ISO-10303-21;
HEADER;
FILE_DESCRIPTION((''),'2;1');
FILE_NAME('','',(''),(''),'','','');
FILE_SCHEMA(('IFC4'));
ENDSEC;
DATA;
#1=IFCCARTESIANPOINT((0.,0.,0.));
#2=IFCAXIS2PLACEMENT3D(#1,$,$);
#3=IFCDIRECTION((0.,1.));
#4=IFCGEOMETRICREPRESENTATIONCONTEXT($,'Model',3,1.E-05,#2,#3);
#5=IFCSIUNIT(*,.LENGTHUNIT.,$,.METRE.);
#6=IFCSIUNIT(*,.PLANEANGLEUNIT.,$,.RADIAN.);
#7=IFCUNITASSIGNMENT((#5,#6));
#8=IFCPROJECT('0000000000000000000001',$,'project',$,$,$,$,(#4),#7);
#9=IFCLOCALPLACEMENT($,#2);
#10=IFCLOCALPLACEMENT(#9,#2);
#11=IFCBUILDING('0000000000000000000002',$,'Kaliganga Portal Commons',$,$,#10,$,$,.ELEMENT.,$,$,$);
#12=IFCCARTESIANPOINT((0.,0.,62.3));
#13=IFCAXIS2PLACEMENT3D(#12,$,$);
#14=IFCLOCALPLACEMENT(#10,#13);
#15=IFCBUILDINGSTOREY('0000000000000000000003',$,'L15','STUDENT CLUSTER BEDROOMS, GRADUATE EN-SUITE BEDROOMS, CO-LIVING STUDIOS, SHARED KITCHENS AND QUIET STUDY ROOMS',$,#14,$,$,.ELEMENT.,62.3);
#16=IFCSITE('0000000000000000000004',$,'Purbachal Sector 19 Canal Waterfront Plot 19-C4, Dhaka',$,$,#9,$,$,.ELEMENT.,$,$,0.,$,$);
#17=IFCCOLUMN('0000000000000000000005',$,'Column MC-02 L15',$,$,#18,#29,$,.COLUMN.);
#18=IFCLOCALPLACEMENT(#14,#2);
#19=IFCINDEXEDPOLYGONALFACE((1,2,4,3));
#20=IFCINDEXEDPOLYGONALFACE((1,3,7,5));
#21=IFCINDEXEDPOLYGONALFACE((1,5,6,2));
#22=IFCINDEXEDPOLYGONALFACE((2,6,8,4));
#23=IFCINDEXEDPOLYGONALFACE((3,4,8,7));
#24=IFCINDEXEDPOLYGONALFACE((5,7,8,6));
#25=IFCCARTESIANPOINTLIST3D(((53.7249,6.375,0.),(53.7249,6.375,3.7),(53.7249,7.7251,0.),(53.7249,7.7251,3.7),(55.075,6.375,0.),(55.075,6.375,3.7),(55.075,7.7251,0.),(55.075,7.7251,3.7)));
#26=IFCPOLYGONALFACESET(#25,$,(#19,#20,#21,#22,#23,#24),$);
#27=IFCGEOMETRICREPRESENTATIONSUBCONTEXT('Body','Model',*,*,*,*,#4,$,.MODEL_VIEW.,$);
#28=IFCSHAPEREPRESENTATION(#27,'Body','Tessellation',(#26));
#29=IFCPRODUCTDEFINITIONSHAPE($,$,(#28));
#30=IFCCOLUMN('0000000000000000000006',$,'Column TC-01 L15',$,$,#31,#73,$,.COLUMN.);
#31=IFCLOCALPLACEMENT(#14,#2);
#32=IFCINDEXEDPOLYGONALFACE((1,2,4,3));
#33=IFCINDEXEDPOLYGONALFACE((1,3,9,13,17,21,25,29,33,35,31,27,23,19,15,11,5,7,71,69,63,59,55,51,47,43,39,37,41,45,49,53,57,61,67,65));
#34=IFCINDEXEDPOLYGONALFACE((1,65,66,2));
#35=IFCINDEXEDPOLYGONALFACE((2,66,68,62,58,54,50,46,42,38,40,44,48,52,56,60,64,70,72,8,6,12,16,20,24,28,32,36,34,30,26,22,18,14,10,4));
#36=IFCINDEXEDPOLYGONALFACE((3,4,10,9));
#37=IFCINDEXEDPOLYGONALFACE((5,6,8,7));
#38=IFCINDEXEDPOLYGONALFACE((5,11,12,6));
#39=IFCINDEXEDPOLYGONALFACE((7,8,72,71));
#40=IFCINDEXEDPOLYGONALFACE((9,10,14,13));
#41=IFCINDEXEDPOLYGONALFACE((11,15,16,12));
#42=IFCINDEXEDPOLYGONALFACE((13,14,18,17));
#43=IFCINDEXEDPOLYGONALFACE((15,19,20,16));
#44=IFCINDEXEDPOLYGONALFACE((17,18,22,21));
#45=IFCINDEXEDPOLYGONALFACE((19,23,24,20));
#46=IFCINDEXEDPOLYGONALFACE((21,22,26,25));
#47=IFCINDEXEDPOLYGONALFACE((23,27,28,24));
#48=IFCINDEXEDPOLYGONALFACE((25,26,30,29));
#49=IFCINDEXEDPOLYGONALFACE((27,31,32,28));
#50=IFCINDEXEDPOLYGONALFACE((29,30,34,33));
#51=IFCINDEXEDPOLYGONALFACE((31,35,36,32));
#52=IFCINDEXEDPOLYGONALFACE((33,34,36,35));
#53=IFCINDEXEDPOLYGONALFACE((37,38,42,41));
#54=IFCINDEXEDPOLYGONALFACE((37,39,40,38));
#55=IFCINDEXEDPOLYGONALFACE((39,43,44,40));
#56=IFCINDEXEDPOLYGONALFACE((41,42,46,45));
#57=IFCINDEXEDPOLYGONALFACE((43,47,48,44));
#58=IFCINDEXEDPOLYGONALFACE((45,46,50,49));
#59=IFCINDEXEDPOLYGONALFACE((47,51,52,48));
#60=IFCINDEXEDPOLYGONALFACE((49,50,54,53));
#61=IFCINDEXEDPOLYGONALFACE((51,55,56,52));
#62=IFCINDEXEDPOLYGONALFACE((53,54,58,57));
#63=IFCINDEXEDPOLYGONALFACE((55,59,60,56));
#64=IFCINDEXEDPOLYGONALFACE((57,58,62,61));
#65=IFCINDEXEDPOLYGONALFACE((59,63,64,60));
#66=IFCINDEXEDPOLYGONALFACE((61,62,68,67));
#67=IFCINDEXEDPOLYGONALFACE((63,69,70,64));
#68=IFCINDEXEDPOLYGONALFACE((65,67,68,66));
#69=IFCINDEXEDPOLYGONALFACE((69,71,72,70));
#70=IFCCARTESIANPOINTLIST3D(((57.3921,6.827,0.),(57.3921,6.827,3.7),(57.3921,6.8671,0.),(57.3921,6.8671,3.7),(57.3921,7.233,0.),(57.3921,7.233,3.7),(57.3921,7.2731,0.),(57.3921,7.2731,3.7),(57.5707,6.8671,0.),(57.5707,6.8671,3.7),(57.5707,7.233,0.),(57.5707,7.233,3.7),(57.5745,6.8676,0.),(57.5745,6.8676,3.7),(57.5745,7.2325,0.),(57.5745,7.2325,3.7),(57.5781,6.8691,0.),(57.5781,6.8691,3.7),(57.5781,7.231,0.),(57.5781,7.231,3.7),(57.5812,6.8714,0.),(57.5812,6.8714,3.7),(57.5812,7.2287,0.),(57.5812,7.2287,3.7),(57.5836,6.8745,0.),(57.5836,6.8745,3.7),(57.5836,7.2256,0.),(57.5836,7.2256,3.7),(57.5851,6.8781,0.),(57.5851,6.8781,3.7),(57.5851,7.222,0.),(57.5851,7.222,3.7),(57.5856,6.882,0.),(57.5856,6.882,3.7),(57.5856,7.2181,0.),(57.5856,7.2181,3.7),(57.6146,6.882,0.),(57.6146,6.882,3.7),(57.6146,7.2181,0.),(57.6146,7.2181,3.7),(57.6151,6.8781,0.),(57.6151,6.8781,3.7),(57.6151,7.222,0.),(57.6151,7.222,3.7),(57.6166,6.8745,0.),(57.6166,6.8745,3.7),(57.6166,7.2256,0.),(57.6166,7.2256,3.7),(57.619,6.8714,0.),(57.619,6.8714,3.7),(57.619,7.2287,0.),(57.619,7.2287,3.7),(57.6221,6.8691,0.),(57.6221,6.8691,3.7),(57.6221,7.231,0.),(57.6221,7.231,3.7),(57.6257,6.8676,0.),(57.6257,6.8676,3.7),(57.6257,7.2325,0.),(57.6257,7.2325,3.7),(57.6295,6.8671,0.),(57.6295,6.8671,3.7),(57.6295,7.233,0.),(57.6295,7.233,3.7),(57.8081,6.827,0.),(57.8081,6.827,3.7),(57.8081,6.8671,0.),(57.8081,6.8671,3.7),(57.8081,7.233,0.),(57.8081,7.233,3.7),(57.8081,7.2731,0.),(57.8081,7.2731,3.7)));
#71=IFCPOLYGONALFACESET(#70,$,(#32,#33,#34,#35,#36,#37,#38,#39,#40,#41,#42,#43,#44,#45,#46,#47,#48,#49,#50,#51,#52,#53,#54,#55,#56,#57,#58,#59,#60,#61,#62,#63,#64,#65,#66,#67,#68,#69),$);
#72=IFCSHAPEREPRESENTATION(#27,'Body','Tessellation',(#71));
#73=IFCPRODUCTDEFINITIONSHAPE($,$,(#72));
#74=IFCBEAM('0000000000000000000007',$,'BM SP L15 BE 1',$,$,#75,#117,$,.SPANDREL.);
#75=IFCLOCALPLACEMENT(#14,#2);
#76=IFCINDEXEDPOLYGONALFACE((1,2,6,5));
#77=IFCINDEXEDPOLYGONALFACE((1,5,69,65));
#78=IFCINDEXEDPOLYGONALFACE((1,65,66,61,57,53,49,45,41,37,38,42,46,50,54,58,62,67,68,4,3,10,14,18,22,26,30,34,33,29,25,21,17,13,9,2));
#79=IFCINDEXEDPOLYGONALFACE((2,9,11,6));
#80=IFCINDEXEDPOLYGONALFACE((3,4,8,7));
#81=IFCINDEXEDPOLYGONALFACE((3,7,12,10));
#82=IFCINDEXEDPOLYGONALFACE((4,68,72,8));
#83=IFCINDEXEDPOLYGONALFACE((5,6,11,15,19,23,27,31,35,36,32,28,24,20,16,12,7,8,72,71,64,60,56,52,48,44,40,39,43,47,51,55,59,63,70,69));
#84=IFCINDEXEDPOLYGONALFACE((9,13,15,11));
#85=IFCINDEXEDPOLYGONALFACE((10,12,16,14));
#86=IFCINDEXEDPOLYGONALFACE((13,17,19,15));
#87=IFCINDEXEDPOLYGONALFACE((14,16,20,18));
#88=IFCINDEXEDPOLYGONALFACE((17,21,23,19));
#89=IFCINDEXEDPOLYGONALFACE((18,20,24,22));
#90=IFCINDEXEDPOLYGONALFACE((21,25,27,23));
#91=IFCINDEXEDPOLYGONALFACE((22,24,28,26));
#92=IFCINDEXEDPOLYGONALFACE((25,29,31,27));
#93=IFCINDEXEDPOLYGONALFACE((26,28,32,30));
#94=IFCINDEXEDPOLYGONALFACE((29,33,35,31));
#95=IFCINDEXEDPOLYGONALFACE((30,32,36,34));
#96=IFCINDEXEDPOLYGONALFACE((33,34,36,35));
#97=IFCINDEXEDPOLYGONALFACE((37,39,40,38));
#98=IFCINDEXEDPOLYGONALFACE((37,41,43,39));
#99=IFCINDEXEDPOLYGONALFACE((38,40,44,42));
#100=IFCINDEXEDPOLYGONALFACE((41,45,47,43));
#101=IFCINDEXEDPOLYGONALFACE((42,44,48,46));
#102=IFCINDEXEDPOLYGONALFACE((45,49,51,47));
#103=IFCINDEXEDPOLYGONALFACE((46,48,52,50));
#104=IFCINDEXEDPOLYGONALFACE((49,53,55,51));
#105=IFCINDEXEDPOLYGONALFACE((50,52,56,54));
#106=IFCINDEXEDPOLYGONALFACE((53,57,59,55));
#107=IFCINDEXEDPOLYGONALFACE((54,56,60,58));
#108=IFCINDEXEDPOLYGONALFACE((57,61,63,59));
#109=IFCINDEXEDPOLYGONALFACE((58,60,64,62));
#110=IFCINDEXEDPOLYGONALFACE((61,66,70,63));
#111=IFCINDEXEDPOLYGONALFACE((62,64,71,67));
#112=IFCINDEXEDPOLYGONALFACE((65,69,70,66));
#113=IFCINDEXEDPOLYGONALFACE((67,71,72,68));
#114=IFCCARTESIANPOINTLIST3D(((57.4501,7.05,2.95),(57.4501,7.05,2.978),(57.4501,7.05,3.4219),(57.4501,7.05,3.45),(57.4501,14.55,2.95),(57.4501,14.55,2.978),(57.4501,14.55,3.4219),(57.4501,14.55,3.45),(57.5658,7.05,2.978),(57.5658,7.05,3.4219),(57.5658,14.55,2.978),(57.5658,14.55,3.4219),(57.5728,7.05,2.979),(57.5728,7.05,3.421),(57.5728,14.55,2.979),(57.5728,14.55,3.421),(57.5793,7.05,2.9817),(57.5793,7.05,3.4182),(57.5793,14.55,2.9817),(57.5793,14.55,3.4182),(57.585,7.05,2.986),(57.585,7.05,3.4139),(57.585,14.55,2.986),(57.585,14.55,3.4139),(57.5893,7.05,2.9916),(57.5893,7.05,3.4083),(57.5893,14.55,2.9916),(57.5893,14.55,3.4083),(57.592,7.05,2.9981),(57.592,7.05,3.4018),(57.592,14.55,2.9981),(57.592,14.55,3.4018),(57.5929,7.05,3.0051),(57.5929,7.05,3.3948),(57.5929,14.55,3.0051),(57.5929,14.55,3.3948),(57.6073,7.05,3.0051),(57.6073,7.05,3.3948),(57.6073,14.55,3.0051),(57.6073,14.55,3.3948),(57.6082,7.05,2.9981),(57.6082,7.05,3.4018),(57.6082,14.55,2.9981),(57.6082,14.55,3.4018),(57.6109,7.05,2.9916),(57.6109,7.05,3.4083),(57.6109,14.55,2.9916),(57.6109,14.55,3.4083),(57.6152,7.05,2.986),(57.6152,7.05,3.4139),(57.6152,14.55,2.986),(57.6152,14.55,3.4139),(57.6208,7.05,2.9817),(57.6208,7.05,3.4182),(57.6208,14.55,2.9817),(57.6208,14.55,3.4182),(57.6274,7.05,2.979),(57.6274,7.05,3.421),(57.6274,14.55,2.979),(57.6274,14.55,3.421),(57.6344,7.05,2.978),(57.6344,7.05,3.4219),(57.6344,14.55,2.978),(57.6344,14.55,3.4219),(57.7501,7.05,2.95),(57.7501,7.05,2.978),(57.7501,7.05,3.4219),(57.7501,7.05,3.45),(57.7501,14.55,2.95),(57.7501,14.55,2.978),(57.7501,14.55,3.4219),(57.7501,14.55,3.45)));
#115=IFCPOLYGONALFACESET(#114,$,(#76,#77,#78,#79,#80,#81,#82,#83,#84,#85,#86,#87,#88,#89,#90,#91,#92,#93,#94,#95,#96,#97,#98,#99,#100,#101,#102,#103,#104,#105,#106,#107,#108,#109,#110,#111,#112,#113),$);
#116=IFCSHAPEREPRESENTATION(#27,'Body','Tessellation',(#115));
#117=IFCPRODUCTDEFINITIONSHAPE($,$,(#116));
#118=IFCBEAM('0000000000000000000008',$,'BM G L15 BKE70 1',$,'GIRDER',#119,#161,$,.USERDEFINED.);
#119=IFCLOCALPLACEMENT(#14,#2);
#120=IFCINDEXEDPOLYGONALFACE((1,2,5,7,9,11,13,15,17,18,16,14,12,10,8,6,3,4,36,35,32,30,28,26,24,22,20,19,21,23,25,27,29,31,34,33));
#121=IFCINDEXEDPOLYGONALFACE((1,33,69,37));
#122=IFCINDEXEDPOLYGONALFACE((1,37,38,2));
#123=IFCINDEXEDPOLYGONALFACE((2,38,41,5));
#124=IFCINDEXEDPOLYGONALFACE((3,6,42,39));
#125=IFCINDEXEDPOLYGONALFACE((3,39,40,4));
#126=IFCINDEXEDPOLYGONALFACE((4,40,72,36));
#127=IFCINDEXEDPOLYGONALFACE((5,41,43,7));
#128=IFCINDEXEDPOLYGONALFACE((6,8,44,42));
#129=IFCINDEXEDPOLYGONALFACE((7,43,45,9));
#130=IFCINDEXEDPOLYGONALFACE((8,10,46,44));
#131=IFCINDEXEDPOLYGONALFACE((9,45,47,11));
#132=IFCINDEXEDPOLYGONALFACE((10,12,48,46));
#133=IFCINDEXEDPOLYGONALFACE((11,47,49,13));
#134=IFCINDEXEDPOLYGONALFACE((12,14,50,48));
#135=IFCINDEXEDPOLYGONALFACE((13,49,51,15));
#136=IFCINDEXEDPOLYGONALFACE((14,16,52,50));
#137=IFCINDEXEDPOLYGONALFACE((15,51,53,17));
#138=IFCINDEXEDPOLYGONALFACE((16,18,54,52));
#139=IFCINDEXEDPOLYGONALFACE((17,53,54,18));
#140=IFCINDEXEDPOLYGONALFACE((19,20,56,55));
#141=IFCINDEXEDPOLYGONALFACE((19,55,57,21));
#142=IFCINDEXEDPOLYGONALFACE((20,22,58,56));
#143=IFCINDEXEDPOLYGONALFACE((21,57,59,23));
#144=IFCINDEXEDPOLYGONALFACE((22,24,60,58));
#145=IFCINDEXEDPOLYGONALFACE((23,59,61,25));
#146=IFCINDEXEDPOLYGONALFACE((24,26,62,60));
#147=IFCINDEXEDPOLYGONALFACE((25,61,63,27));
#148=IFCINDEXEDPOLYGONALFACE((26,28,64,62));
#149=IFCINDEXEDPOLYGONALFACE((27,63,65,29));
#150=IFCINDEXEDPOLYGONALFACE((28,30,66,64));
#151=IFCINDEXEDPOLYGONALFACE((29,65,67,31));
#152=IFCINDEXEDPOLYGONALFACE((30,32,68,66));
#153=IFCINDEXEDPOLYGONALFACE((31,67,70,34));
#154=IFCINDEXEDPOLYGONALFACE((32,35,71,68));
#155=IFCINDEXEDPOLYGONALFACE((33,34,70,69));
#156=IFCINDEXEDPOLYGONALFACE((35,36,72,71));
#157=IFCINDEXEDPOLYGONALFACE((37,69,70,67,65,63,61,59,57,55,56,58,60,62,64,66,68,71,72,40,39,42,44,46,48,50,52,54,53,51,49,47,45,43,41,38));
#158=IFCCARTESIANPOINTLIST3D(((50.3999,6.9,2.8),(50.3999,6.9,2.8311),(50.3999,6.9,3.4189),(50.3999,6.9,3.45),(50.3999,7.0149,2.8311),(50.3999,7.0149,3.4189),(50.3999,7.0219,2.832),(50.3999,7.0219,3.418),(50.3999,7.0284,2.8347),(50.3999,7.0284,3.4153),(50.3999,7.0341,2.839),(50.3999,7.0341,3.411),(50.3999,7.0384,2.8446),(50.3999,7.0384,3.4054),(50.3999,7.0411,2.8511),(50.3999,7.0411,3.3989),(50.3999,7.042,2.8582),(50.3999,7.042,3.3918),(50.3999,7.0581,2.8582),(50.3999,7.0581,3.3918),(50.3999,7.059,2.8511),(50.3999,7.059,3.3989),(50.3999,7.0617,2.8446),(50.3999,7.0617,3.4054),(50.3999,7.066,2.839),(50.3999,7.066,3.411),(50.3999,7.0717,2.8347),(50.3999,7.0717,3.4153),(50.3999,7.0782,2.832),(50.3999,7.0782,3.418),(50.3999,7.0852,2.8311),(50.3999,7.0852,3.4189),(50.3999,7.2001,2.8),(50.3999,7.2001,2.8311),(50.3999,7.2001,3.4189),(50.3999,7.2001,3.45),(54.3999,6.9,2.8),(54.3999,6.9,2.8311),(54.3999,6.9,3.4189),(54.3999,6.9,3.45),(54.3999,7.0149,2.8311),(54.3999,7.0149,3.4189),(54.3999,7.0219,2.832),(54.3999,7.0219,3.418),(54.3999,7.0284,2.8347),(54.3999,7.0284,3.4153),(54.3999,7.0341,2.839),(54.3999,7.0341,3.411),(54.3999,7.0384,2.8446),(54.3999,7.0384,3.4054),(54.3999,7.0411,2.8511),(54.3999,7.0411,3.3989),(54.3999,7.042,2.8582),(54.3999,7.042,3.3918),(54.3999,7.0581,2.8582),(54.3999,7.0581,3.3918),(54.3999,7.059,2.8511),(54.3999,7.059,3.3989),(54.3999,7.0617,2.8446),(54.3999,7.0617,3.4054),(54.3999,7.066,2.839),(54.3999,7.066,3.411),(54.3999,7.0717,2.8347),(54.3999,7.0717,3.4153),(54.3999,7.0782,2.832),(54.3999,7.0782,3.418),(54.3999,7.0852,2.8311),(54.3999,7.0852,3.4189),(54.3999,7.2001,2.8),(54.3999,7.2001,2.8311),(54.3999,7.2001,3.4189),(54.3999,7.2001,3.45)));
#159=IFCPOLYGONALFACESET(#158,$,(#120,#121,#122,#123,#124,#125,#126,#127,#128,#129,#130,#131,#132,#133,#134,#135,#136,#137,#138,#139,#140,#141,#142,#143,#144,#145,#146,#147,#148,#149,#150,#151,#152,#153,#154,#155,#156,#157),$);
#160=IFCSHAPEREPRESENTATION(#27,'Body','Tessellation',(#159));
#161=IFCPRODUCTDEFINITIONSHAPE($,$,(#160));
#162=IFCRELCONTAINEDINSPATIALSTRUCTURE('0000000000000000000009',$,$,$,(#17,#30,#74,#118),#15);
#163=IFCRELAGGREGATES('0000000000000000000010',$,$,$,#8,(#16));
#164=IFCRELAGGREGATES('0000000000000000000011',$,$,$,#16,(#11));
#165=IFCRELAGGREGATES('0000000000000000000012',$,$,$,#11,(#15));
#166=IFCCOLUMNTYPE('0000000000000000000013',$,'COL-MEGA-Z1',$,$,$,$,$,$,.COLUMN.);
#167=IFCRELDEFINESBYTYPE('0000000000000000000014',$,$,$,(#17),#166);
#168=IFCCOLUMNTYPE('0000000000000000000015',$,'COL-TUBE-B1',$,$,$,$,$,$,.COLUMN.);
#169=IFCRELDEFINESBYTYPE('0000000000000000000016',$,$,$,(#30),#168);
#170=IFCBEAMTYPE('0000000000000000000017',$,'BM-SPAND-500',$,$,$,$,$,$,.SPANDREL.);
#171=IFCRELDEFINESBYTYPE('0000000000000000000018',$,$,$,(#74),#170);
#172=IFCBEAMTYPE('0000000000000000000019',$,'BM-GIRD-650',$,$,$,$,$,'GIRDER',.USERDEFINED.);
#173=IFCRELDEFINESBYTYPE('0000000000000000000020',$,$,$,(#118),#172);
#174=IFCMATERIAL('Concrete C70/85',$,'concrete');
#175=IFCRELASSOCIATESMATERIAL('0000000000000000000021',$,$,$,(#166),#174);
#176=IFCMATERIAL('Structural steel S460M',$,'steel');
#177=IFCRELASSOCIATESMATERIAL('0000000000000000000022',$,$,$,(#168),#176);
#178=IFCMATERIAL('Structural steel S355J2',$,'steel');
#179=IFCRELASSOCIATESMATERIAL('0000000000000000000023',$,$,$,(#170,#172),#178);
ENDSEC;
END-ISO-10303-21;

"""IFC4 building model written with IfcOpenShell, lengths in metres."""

from ifc_helpers import new_model, si_unit, direction, frame, origin, origin_2d, place, context, subcontext, project, spatial, rectangle, i_section, extrude, source, transform, mapped, material, material_profile, profile_set, type_object, element, save


model = new_model("IFC4")

# Units and contexts
model_context = context("Model", 3, precision=1e-05, world=origin(), true_north=direction((0.0, 1.0)))
body_context = subcontext(model_context, "Body", "Model", "MODEL_VIEW")
ifc_project = project(units=[si_unit("LENGTHUNIT", "METRE"), si_unit("PLANEANGLEUNIT", "RADIAN")], contexts=[model_context])

# Site, building, storey
site_placement = place(None, origin())
site = spatial("IfcSite", under=ifc_project, at=site_placement, Name="Purbachal Sector 19 Canal Waterfront Plot 19-C4, Dhaka", CompositionType="ELEMENT", RefElevation=0.0)
building_placement = place(site_placement, origin())
building = spatial("IfcBuilding", under=site, at=building_placement, Name="Kaliganga Portal Commons", CompositionType="ELEMENT")
storey_placement = place(building_placement, frame((0.0, 0.0, 62.3)))
storey = spatial("IfcBuildingStorey", under=building, at=storey_placement, Name="L15", Description="STUDENT CLUSTER BEDROOMS, GRADUATE EN-SUITE BEDROOMS, CO-LIVING STUDIOS, SHARED KITCHENS AND QUIET STUDY ROOMS", CompositionType="ELEMENT", Elevation=62.3)

# Columns
ifc_material_1 = material(Name="Concrete C70/85", Category="concrete")
ifc_material_profile_1 = material_profile(ifc_material_1, rectangle(XDim=1.3501, YDim=1.3501, at=origin_2d()), Name="RC 1350x1350")
ifc_profile_set_1 = profile_set([ifc_material_profile_1], Name="Concrete C70/85")
column_type_1 = type_object("IfcColumnType", Name="COL-MEGA-Z1", PredefinedType="COLUMN", material=ifc_profile_set_1)
shared_shape_1 = source(origin(), body_context, "Body", "SweptSolid", [
    extrude(rectangle(XDim=1.3501, YDim=1.3501, at=origin_2d()), origin(), (0.0, 0.0, 1.0), 3.7),
])
column_1_placement = place(storey_placement, frame((54.3999, 7.05, 0.0), z_axis=(0.0, 0.0, 1.0), x_axis=(1.0, 0.0, 0.0)))
element("IfcColumn", 1, at=column_1_placement, inside=storey, type_object=column_type_1, Name="Column MC-02 L15", PredefinedType="COLUMN", context=body_context, shape_type="MappedRepresentation", body=[
    mapped(shared_shape_1, transform((0.0, 0.0, 0.0), x_axis=(1.0, 0.0, 0.0), y_axis=(0.0, 1.0, 0.0), z_axis=(0.0, 0.0, 1.0), scale=1.0)),
])
ifc_material_2 = material(Name="Structural steel S460M", Category="steel")
ifc_material_profile_2 = material_profile(ifc_material_2, i_section(OverallWidth=0.416, OverallDepth=0.446, WebThickness=0.0291, FlangeThickness=0.04, FilletRadius=0.0149, at=origin_2d()), Name="HD 400x509")
ifc_profile_set_2 = profile_set([ifc_material_profile_2], Name="Structural steel S460M wide-flange")
column_type_2 = type_object("IfcColumnType", Name="COL-TUBE-B1", PredefinedType="COLUMN", material=ifc_profile_set_2)
shared_shape_2 = source(origin(), body_context, "Body", "SweptSolid", [
    extrude(i_section(OverallWidth=0.416, OverallDepth=0.446, WebThickness=0.0291, FlangeThickness=0.04, FilletRadius=0.0149, at=origin_2d()), origin(), (0.0, 0.0, 1.0), 3.7),
])
column_2_placement = place(storey_placement, frame((57.6001, 7.05, 0.0), z_axis=(0.0, 0.0, 1.0), x_axis=(1.0, 0.0, 0.0)))
element("IfcColumn", 2, at=column_2_placement, inside=storey, type_object=column_type_2, Name="Column TC-01 L15", PredefinedType="COLUMN", context=body_context, shape_type="MappedRepresentation", body=[
    mapped(shared_shape_2, transform((0.0, 0.0, 0.0), x_axis=(1.0, 0.0, 0.0), y_axis=(0.0, 1.0, 0.0), z_axis=(0.0, 0.0, 1.0), scale=1.0)),
])

# Beams
ifc_material_3 = material(Name="Structural steel S355J2", Category="steel")
ifc_material_profile_3 = material_profile(ifc_material_3, i_section(OverallWidth=0.3, OverallDepth=0.5, WebThickness=0.0144, FlangeThickness=0.0281, FilletRadius=0.0271, at=origin_2d()), Name="HE 500 B")
ifc_profile_set_3 = profile_set([ifc_material_profile_3], Name="Structural steel S355J2 wide-flange")
beam_type_1 = type_object("IfcBeamType", Name="BM-SPAND-500", PredefinedType="SPANDREL", material=ifc_profile_set_3)
shared_shape_3 = source(origin(), body_context, "Body", "SweptSolid", [
    extrude(i_section(OverallWidth=0.3, OverallDepth=0.5, WebThickness=0.0144, FlangeThickness=0.0281, FilletRadius=0.0271, at=origin_2d()), origin(), (0.0, 0.0, 1.0), 7.5),
])
beam_1_placement = place(storey_placement, frame((57.6001, 7.05, 3.2), z_axis=(0.0, 1.0, 0.0), x_axis=(-1.0, 0.0, 0.0)))
element("IfcBeam", 3, at=beam_1_placement, inside=storey, type_object=beam_type_1, Name="BM SP L15 BE 1", PredefinedType="SPANDREL", context=body_context, shape_type="MappedRepresentation", body=[
    mapped(shared_shape_3, transform((0.0, 0.0, 0.0), x_axis=(1.0, 0.0, 0.0), y_axis=(0.0, 1.0, 0.0), z_axis=(0.0, 0.0, 1.0), scale=1.0)),
])
ifc_material_profile_4 = material_profile(ifc_material_3, i_section(OverallWidth=0.3, OverallDepth=0.6499, WebThickness=0.0161, FlangeThickness=0.031, FilletRadius=0.0271, at=origin_2d()), Name="HE 650 B")
ifc_profile_set_4 = profile_set([ifc_material_profile_4], Name="Structural steel S355J2 wide-flange")
beam_type_2 = type_object("IfcBeamType", Name="BM-GIRD-650", ElementType="GIRDER", PredefinedType="USERDEFINED", material=ifc_profile_set_4)
shared_shape_4 = source(origin(), body_context, "Body", "SweptSolid", [
    extrude(i_section(OverallWidth=0.3, OverallDepth=0.6499, WebThickness=0.0161, FlangeThickness=0.031, FilletRadius=0.0271, at=origin_2d()), origin(), (0.0, 0.0, 1.0), 4.0),
])
beam_2_placement = place(storey_placement, frame((50.3999, 7.05, 3.125), z_axis=(1.0, 0.0, 0.0), x_axis=(0.0, 1.0, 0.0)))
element("IfcBeam", 4, at=beam_2_placement, inside=storey, type_object=beam_type_2, Name="BM G L15 BKE70 1", ObjectType="GIRDER", PredefinedType="USERDEFINED", context=body_context, shape_type="MappedRepresentation", body=[
    mapped(shared_shape_4, transform((0.0, 0.0, 0.0), x_axis=(1.0, 0.0, 0.0), y_axis=(0.0, 1.0, 0.0), z_axis=(0.0, 0.0, 1.0), scale=1.0)),
])

save(model, "model.ifc")
